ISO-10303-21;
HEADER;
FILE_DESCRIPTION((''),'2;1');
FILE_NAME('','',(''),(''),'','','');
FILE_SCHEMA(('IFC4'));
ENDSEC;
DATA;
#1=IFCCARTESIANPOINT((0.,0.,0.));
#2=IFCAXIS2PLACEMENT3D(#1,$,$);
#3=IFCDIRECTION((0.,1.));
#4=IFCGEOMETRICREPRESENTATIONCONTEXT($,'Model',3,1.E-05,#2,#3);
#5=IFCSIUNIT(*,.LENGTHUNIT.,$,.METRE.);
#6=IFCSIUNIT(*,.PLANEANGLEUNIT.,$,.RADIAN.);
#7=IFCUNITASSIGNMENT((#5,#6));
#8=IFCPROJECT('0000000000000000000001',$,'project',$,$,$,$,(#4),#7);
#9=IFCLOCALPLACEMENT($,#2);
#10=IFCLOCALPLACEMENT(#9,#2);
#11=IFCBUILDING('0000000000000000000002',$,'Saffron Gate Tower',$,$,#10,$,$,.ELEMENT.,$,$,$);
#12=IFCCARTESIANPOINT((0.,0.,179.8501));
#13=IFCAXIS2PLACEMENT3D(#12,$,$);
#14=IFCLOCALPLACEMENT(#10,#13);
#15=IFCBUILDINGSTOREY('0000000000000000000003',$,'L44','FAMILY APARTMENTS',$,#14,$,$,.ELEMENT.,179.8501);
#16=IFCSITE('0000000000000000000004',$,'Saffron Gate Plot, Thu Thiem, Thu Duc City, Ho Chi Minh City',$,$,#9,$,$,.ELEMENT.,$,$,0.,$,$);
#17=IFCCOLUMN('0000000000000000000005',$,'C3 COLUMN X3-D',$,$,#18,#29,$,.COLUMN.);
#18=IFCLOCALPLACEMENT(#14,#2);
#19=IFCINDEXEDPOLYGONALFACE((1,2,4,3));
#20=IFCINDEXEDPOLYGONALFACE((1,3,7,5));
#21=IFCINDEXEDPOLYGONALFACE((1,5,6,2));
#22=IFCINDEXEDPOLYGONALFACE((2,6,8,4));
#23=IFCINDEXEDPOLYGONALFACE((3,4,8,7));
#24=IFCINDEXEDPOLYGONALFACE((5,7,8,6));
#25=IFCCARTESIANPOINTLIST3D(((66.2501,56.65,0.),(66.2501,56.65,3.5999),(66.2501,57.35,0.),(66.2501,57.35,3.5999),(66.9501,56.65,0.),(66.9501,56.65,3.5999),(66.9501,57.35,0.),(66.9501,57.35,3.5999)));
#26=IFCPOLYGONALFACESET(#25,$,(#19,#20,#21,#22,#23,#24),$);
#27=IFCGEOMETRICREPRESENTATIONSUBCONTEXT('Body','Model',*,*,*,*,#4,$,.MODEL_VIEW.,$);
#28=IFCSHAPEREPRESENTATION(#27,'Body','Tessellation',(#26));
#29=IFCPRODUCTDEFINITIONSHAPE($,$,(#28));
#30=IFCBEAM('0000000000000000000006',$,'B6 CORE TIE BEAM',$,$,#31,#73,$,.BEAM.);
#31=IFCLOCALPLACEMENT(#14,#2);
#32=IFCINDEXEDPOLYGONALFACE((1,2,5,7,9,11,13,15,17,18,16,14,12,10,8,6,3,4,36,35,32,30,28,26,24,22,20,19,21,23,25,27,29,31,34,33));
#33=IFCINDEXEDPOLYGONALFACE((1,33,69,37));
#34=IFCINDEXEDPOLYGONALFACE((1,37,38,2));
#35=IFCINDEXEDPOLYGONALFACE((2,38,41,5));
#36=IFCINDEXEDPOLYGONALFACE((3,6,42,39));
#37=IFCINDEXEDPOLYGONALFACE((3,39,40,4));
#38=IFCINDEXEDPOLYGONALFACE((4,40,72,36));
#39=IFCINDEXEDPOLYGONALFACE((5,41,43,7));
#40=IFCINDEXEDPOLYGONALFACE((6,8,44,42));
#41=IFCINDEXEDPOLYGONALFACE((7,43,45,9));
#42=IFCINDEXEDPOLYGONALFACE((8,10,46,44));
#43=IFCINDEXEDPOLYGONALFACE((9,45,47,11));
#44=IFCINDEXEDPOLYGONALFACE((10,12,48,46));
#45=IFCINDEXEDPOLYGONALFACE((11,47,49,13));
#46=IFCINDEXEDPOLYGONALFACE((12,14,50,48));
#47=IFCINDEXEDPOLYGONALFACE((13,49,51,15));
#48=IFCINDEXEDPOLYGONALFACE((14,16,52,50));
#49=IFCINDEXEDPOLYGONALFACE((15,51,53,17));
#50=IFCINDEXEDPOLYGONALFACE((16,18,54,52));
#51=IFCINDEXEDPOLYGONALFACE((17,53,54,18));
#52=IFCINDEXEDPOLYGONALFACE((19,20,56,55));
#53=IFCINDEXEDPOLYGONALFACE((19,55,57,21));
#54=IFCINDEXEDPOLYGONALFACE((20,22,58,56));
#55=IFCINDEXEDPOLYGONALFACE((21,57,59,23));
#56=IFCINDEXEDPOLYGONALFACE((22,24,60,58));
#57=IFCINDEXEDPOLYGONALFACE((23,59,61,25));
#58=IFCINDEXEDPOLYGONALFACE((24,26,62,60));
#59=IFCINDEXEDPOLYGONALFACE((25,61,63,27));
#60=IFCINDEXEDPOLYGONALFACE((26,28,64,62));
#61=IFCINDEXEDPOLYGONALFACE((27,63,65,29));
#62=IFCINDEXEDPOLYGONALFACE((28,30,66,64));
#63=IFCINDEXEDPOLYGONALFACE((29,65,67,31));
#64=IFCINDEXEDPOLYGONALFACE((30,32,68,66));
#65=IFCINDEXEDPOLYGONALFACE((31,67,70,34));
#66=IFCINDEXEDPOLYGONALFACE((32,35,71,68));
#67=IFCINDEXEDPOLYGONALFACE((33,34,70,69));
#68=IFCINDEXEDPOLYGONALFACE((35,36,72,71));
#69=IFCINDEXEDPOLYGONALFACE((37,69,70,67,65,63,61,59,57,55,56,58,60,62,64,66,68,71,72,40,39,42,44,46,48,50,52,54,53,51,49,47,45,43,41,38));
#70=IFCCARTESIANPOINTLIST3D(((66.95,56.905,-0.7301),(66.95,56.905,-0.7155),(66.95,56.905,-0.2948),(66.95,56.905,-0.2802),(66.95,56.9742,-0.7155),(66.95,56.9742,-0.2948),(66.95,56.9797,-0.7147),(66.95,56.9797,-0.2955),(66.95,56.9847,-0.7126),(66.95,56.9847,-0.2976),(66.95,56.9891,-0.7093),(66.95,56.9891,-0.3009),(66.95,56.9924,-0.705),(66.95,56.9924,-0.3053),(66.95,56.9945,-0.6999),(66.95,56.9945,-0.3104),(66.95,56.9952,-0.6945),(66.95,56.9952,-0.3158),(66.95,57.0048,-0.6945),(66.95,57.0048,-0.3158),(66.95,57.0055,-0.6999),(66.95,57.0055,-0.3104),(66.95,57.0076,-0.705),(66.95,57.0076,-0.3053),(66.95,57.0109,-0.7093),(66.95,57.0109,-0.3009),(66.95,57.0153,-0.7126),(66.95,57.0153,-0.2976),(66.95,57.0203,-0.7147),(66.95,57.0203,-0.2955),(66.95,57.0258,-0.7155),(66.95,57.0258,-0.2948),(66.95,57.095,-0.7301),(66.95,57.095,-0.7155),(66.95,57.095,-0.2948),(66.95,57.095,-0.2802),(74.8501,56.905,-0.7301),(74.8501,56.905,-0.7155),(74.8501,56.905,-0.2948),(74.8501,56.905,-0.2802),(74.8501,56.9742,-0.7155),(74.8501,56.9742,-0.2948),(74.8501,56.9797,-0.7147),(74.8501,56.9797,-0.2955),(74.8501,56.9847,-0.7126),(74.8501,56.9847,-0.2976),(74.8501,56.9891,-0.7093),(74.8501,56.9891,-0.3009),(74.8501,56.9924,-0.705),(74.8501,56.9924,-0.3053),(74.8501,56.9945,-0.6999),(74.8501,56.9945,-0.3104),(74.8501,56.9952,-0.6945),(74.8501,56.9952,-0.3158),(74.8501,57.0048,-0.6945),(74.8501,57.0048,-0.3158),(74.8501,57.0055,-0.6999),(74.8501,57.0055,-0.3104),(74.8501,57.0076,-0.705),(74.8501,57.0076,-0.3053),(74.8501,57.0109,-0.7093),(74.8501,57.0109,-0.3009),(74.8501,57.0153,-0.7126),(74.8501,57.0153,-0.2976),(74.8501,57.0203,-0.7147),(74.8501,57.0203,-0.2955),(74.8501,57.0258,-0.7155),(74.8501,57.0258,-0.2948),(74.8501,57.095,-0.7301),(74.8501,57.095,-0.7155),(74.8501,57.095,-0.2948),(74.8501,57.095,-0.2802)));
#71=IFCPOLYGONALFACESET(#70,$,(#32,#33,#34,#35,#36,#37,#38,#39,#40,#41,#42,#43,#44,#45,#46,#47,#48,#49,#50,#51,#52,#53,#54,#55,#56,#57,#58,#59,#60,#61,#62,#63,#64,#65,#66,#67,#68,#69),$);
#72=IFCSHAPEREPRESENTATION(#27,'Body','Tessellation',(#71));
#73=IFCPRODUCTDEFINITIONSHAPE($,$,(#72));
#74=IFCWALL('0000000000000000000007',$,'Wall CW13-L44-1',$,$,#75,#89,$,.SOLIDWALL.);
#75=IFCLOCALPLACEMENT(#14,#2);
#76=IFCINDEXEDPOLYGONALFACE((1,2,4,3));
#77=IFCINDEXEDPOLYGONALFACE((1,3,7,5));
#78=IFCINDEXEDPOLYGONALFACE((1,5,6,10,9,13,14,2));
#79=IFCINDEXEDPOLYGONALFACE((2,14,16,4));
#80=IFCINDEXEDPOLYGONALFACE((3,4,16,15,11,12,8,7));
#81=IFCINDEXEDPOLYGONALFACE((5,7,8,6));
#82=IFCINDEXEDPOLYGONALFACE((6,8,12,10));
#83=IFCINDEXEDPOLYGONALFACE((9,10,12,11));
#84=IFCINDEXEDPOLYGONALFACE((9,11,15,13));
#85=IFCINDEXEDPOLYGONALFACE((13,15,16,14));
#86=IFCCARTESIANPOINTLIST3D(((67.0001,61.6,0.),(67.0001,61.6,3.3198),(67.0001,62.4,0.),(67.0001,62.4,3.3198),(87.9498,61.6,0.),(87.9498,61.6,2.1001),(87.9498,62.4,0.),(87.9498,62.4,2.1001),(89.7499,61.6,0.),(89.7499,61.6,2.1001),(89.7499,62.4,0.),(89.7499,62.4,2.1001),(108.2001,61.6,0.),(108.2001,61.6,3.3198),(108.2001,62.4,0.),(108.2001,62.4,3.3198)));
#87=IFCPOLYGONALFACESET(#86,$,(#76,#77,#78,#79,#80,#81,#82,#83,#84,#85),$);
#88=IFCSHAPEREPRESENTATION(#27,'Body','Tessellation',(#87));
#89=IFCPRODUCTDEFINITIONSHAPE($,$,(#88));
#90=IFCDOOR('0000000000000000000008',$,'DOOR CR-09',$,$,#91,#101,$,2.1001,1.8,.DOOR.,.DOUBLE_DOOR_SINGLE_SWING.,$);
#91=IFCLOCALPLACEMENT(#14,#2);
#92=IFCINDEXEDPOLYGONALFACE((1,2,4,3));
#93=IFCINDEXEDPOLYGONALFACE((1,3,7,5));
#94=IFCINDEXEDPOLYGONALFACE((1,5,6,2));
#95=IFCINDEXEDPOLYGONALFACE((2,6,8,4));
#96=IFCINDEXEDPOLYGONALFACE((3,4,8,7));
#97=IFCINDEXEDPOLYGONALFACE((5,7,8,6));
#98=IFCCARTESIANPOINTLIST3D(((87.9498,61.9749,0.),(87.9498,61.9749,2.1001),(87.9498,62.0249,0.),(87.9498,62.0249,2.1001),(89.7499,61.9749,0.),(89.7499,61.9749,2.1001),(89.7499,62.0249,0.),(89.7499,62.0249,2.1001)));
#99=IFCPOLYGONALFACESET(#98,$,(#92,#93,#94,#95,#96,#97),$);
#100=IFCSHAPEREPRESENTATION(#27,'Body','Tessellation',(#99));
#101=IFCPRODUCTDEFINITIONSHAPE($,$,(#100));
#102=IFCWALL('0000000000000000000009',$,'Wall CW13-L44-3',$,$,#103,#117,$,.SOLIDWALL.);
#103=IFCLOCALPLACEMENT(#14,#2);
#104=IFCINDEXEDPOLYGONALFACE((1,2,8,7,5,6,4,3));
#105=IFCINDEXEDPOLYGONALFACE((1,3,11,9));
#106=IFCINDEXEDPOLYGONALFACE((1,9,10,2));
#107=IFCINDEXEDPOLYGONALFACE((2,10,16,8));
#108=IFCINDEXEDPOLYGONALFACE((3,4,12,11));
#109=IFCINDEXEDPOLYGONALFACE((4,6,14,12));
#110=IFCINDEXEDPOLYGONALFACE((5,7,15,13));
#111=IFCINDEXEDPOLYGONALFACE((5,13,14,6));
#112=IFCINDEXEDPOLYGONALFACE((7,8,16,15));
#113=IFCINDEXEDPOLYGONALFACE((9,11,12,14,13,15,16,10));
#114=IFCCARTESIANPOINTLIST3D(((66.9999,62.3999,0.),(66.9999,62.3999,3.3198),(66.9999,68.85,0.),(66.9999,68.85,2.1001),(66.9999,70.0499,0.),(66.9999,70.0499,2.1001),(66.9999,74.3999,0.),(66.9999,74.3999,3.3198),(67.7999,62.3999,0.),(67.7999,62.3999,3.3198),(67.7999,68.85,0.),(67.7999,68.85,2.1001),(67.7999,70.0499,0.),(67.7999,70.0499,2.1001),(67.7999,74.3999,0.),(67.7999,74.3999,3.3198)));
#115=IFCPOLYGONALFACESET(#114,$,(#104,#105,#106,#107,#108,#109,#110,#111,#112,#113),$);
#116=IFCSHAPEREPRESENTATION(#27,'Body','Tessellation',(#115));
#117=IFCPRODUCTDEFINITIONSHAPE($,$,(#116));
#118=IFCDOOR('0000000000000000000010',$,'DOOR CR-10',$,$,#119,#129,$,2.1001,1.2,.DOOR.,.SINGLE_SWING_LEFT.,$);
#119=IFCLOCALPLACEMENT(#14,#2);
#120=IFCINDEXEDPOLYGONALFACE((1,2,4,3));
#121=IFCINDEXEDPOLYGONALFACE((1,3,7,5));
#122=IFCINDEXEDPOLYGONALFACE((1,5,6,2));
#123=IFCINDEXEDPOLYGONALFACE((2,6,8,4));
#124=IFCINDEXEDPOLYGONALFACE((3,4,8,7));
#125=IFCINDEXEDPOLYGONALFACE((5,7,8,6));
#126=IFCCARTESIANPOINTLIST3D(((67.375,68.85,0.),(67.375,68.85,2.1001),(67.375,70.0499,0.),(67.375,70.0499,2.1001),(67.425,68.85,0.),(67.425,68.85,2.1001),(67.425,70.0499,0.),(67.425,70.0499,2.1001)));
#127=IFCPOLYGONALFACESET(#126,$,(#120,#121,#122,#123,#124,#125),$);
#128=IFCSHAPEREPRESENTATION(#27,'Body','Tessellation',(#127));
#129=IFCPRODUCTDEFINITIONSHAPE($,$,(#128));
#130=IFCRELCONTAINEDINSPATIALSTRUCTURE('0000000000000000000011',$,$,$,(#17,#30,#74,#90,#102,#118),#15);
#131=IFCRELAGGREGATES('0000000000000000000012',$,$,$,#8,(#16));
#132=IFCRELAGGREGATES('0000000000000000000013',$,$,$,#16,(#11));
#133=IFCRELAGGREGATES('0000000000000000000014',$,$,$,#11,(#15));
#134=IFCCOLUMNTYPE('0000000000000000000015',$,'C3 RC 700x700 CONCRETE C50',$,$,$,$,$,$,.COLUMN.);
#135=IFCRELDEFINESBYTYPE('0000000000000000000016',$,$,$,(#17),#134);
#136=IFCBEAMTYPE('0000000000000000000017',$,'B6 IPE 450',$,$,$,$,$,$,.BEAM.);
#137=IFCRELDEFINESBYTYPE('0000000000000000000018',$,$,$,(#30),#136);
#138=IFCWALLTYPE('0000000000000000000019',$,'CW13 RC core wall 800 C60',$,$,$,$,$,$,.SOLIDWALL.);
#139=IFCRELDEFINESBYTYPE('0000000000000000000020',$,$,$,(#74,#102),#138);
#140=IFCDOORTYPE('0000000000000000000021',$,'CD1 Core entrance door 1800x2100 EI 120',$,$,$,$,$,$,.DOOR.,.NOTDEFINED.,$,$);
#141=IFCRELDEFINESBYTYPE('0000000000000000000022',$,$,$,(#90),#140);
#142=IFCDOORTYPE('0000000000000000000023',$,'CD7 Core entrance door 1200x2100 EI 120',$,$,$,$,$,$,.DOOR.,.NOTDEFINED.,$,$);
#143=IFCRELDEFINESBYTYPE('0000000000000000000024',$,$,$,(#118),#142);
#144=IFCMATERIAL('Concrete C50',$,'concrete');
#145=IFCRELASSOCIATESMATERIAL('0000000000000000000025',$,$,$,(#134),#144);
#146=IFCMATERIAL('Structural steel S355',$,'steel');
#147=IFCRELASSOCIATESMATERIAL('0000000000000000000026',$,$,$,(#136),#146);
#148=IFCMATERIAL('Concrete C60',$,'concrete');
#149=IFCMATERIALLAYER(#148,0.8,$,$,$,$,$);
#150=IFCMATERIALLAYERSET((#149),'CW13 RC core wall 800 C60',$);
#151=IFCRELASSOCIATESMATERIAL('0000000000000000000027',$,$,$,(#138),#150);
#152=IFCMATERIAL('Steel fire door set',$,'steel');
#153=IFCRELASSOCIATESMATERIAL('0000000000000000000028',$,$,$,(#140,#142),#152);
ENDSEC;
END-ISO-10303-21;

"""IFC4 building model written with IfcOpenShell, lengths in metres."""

from ifc_helpers import new_model, si_unit, direction, frame, frame_2d, origin, origin_2d, place, context, subcontext, project, spatial, rectangle, i_section, extrude, material, layer, layer_set, material_profile, profile_set, type_object, element, fill, save


model = new_model("IFC4")

# Units and contexts
model_context = context("Model", 3, precision=1e-05, world=origin(), true_north=direction((0.0, 1.0)))
body_context = subcontext(model_context, "Body", "Model", "MODEL_VIEW")
ifc_project = project(units=[si_unit("LENGTHUNIT", "METRE"), si_unit("PLANEANGLEUNIT", "RADIAN")], contexts=[model_context])

# Site, building, storey
site_placement = place(None, origin())
site = spatial("IfcSite", under=ifc_project, at=site_placement, Name="Saffron Gate Plot, Thu Thiem, Thu Duc City, Ho Chi Minh City", CompositionType="ELEMENT", RefElevation=0.0)
building_placement = place(site_placement, origin())
building = spatial("IfcBuilding", under=site, at=building_placement, Name="Saffron Gate Tower", CompositionType="ELEMENT")
storey_placement = place(building_placement, frame((0.0, 0.0, 179.8501)))
storey = spatial("IfcBuildingStorey", under=building, at=storey_placement, Name="L44", Description="FAMILY APARTMENTS", CompositionType="ELEMENT", Elevation=179.8501)

# Column
ifc_material_1 = material(Name="Concrete C50", Category="concrete")
ifc_material_profile_1 = material_profile(ifc_material_1, rectangle(XDim=0.7, YDim=0.7, at=origin_2d()))
ifc_profile_set_1 = profile_set([ifc_material_profile_1], Name="Concrete C50")
column_type = type_object("IfcColumnType", Name="C3 RC 700x700 CONCRETE C50", PredefinedType="COLUMN", material=ifc_profile_set_1)
column_placement = place(storey_placement, frame((66.6001, 57.0, 0.0), z_axis=(0.0, 0.0, 1.0), x_axis=(1.0, 0.0, 0.0)))
element("IfcColumn", 1, at=column_placement, inside=storey, type_object=column_type, Name="C3 COLUMN X3-D", PredefinedType="COLUMN", context=body_context, shape_type="SweptSolid", body=[
    extrude(rectangle(XDim=0.7, YDim=0.7, at=origin_2d()), origin(), (0.0, 0.0, 1.0), 3.5999),
])

# Beam
ifc_material_2 = material(Name="Structural steel S355", Category="steel")
ifc_material_profile_2 = material_profile(ifc_material_2, i_section(OverallWidth=0.1899, OverallDepth=0.45, WebThickness=0.0095, FlangeThickness=0.0146, FilletRadius=0.021, at=origin_2d()))
ifc_profile_set_2 = profile_set([ifc_material_profile_2], Name="Structural steel S355")
beam_type = type_object("IfcBeamType", Name="B6 IPE 450", PredefinedType="BEAM", material=ifc_profile_set_2)
beam_placement = place(storey_placement, frame((66.95, 57.0, -0.5051), z_axis=(1.0, 0.0, 0.0), x_axis=(0.0, 1.0, 0.0)))
element("IfcBeam", 2, at=beam_placement, inside=storey, type_object=beam_type, Name="B6 CORE TIE BEAM", PredefinedType="BEAM", context=body_context, shape_type="SweptSolid", body=[
    extrude(i_section(OverallWidth=0.1899, OverallDepth=0.45, WebThickness=0.0095, FlangeThickness=0.0146, FilletRadius=0.021, at=origin_2d()), origin(), (0.0, 0.0, 1.0), 7.9001),
])

# Walls, openings, doors
ifc_material_3 = material(Name="Concrete C60", Category="concrete")
ifc_layer_1 = layer(ifc_material_3, 0.8)
ifc_layer_set_1 = layer_set([ifc_layer_1], Name="CW13 RC core wall 800 C60")
wall_type_1 = type_object("IfcWallType", Name="CW13 RC core wall 800 C60", PredefinedType="SOLIDWALL", material=ifc_layer_set_1)
wall_1_placement = place(storey_placement, frame((67.0, 62.0, 0.0), z_axis=(0.0, 0.0, 1.0), x_axis=(1.0, 0.0, 0.0)))
wall_1 = element("IfcWall", 3, at=wall_1_placement, inside=storey, type_object=wall_type_1, Name="Wall CW13-L44-1", PredefinedType="SOLIDWALL", context=body_context, shape_type="SweptSolid", body=[
    extrude(rectangle(XDim=41.2, YDim=0.8, at=frame_2d((20.6001, 0.0))), origin(), (0.0, 0.0, 1.0), 3.3198),
])
opening_1_placement = place(wall_1_placement, frame((20.95, 0.0, 0.0)))
opening_1 = element("IfcOpeningElement", 4, at=opening_1_placement, cuts=wall_1, PredefinedType="OPENING", context=body_context, shape_type="SweptSolid", body=[
    extrude(rectangle(XDim=1.8, YDim=2.1001, at=frame_2d((0.8999, 1.05))), frame((0.0, 0.4102, 0.0), z_axis=(0.0, -1.0, 0.0), x_axis=(1.0, 0.0, 0.0)), (0.0, 0.0, 1.0), 0.8201),
])
ifc_material_4 = material(Name="Steel fire door set", Category="steel")
door_type_1 = type_object("IfcDoorType", Name="CD1 Core entrance door 1800x2100 EI 120", OperationType="NOTDEFINED", PredefinedType="DOOR", material=ifc_material_4)
door_1_placement = place(opening_1_placement, origin())
door_1 = element("IfcDoor", 5, at=door_1_placement, inside=storey, type_object=door_type_1, Name="DOOR CR-09", OperationType="DOUBLE_DOOR_SINGLE_SWING", OverallHeight=2.1001, OverallWidth=1.8, PredefinedType="DOOR", context=body_context, shape_type="SweptSolid", body=[
    extrude(rectangle(XDim=1.8, YDim=2.1001, at=frame_2d((0.8999, 1.05))), frame((0.0, 0.0249, 0.0), z_axis=(0.0, -1.0, 0.0), x_axis=(1.0, 0.0, 0.0)), (0.0, 0.0, 1.0), 0.05),
])
fill(opening_1, door_1)
wall_2_placement = place(storey_placement, frame((67.3999, 62.3999, 0.0), z_axis=(0.0, 0.0, 1.0), x_axis=(0.0, 1.0, 0.0)))
wall_2 = element("IfcWall", 6, at=wall_2_placement, inside=storey, type_object=wall_type_1, Name="Wall CW13-L44-3", PredefinedType="SOLIDWALL", context=body_context, shape_type="SweptSolid", body=[
    extrude(rectangle(XDim=12.0, YDim=0.8, at=frame_2d((6.0, 0.0))), origin(), (0.0, 0.0, 1.0), 3.3198),
])
opening_2_placement = place(wall_2_placement, frame((6.45, 0.0, 0.0)))
opening_2 = element("IfcOpeningElement", 7, at=opening_2_placement, cuts=wall_2, PredefinedType="OPENING", context=body_context, shape_type="SweptSolid", body=[
    extrude(rectangle(XDim=1.2, YDim=2.1001, at=frame_2d((0.6001, 1.05))), frame((0.0, 0.4102, 0.0), z_axis=(0.0, -1.0, 0.0), x_axis=(1.0, 0.0, 0.0)), (0.0, 0.0, 1.0), 0.8201),
])
door_type_2 = type_object("IfcDoorType", Name="CD7 Core entrance door 1200x2100 EI 120", OperationType="NOTDEFINED", PredefinedType="DOOR", material=ifc_material_4)
door_2_placement = place(opening_2_placement, origin())
door_2 = element("IfcDoor", 8, at=door_2_placement, inside=storey, type_object=door_type_2, Name="DOOR CR-10", OperationType="SINGLE_SWING_LEFT", OverallHeight=2.1001, OverallWidth=1.2, PredefinedType="DOOR", context=body_context, shape_type="SweptSolid", body=[
    extrude(rectangle(XDim=1.2, YDim=2.1001, at=frame_2d((0.6001, 1.05))), frame((0.0, 0.0249, 0.0), z_axis=(0.0, -1.0, 0.0), x_axis=(1.0, 0.0, 0.0)), (0.0, 0.0, 1.0), 0.05),
])
fill(opening_2, door_2)

save(model, "model.ifc")
